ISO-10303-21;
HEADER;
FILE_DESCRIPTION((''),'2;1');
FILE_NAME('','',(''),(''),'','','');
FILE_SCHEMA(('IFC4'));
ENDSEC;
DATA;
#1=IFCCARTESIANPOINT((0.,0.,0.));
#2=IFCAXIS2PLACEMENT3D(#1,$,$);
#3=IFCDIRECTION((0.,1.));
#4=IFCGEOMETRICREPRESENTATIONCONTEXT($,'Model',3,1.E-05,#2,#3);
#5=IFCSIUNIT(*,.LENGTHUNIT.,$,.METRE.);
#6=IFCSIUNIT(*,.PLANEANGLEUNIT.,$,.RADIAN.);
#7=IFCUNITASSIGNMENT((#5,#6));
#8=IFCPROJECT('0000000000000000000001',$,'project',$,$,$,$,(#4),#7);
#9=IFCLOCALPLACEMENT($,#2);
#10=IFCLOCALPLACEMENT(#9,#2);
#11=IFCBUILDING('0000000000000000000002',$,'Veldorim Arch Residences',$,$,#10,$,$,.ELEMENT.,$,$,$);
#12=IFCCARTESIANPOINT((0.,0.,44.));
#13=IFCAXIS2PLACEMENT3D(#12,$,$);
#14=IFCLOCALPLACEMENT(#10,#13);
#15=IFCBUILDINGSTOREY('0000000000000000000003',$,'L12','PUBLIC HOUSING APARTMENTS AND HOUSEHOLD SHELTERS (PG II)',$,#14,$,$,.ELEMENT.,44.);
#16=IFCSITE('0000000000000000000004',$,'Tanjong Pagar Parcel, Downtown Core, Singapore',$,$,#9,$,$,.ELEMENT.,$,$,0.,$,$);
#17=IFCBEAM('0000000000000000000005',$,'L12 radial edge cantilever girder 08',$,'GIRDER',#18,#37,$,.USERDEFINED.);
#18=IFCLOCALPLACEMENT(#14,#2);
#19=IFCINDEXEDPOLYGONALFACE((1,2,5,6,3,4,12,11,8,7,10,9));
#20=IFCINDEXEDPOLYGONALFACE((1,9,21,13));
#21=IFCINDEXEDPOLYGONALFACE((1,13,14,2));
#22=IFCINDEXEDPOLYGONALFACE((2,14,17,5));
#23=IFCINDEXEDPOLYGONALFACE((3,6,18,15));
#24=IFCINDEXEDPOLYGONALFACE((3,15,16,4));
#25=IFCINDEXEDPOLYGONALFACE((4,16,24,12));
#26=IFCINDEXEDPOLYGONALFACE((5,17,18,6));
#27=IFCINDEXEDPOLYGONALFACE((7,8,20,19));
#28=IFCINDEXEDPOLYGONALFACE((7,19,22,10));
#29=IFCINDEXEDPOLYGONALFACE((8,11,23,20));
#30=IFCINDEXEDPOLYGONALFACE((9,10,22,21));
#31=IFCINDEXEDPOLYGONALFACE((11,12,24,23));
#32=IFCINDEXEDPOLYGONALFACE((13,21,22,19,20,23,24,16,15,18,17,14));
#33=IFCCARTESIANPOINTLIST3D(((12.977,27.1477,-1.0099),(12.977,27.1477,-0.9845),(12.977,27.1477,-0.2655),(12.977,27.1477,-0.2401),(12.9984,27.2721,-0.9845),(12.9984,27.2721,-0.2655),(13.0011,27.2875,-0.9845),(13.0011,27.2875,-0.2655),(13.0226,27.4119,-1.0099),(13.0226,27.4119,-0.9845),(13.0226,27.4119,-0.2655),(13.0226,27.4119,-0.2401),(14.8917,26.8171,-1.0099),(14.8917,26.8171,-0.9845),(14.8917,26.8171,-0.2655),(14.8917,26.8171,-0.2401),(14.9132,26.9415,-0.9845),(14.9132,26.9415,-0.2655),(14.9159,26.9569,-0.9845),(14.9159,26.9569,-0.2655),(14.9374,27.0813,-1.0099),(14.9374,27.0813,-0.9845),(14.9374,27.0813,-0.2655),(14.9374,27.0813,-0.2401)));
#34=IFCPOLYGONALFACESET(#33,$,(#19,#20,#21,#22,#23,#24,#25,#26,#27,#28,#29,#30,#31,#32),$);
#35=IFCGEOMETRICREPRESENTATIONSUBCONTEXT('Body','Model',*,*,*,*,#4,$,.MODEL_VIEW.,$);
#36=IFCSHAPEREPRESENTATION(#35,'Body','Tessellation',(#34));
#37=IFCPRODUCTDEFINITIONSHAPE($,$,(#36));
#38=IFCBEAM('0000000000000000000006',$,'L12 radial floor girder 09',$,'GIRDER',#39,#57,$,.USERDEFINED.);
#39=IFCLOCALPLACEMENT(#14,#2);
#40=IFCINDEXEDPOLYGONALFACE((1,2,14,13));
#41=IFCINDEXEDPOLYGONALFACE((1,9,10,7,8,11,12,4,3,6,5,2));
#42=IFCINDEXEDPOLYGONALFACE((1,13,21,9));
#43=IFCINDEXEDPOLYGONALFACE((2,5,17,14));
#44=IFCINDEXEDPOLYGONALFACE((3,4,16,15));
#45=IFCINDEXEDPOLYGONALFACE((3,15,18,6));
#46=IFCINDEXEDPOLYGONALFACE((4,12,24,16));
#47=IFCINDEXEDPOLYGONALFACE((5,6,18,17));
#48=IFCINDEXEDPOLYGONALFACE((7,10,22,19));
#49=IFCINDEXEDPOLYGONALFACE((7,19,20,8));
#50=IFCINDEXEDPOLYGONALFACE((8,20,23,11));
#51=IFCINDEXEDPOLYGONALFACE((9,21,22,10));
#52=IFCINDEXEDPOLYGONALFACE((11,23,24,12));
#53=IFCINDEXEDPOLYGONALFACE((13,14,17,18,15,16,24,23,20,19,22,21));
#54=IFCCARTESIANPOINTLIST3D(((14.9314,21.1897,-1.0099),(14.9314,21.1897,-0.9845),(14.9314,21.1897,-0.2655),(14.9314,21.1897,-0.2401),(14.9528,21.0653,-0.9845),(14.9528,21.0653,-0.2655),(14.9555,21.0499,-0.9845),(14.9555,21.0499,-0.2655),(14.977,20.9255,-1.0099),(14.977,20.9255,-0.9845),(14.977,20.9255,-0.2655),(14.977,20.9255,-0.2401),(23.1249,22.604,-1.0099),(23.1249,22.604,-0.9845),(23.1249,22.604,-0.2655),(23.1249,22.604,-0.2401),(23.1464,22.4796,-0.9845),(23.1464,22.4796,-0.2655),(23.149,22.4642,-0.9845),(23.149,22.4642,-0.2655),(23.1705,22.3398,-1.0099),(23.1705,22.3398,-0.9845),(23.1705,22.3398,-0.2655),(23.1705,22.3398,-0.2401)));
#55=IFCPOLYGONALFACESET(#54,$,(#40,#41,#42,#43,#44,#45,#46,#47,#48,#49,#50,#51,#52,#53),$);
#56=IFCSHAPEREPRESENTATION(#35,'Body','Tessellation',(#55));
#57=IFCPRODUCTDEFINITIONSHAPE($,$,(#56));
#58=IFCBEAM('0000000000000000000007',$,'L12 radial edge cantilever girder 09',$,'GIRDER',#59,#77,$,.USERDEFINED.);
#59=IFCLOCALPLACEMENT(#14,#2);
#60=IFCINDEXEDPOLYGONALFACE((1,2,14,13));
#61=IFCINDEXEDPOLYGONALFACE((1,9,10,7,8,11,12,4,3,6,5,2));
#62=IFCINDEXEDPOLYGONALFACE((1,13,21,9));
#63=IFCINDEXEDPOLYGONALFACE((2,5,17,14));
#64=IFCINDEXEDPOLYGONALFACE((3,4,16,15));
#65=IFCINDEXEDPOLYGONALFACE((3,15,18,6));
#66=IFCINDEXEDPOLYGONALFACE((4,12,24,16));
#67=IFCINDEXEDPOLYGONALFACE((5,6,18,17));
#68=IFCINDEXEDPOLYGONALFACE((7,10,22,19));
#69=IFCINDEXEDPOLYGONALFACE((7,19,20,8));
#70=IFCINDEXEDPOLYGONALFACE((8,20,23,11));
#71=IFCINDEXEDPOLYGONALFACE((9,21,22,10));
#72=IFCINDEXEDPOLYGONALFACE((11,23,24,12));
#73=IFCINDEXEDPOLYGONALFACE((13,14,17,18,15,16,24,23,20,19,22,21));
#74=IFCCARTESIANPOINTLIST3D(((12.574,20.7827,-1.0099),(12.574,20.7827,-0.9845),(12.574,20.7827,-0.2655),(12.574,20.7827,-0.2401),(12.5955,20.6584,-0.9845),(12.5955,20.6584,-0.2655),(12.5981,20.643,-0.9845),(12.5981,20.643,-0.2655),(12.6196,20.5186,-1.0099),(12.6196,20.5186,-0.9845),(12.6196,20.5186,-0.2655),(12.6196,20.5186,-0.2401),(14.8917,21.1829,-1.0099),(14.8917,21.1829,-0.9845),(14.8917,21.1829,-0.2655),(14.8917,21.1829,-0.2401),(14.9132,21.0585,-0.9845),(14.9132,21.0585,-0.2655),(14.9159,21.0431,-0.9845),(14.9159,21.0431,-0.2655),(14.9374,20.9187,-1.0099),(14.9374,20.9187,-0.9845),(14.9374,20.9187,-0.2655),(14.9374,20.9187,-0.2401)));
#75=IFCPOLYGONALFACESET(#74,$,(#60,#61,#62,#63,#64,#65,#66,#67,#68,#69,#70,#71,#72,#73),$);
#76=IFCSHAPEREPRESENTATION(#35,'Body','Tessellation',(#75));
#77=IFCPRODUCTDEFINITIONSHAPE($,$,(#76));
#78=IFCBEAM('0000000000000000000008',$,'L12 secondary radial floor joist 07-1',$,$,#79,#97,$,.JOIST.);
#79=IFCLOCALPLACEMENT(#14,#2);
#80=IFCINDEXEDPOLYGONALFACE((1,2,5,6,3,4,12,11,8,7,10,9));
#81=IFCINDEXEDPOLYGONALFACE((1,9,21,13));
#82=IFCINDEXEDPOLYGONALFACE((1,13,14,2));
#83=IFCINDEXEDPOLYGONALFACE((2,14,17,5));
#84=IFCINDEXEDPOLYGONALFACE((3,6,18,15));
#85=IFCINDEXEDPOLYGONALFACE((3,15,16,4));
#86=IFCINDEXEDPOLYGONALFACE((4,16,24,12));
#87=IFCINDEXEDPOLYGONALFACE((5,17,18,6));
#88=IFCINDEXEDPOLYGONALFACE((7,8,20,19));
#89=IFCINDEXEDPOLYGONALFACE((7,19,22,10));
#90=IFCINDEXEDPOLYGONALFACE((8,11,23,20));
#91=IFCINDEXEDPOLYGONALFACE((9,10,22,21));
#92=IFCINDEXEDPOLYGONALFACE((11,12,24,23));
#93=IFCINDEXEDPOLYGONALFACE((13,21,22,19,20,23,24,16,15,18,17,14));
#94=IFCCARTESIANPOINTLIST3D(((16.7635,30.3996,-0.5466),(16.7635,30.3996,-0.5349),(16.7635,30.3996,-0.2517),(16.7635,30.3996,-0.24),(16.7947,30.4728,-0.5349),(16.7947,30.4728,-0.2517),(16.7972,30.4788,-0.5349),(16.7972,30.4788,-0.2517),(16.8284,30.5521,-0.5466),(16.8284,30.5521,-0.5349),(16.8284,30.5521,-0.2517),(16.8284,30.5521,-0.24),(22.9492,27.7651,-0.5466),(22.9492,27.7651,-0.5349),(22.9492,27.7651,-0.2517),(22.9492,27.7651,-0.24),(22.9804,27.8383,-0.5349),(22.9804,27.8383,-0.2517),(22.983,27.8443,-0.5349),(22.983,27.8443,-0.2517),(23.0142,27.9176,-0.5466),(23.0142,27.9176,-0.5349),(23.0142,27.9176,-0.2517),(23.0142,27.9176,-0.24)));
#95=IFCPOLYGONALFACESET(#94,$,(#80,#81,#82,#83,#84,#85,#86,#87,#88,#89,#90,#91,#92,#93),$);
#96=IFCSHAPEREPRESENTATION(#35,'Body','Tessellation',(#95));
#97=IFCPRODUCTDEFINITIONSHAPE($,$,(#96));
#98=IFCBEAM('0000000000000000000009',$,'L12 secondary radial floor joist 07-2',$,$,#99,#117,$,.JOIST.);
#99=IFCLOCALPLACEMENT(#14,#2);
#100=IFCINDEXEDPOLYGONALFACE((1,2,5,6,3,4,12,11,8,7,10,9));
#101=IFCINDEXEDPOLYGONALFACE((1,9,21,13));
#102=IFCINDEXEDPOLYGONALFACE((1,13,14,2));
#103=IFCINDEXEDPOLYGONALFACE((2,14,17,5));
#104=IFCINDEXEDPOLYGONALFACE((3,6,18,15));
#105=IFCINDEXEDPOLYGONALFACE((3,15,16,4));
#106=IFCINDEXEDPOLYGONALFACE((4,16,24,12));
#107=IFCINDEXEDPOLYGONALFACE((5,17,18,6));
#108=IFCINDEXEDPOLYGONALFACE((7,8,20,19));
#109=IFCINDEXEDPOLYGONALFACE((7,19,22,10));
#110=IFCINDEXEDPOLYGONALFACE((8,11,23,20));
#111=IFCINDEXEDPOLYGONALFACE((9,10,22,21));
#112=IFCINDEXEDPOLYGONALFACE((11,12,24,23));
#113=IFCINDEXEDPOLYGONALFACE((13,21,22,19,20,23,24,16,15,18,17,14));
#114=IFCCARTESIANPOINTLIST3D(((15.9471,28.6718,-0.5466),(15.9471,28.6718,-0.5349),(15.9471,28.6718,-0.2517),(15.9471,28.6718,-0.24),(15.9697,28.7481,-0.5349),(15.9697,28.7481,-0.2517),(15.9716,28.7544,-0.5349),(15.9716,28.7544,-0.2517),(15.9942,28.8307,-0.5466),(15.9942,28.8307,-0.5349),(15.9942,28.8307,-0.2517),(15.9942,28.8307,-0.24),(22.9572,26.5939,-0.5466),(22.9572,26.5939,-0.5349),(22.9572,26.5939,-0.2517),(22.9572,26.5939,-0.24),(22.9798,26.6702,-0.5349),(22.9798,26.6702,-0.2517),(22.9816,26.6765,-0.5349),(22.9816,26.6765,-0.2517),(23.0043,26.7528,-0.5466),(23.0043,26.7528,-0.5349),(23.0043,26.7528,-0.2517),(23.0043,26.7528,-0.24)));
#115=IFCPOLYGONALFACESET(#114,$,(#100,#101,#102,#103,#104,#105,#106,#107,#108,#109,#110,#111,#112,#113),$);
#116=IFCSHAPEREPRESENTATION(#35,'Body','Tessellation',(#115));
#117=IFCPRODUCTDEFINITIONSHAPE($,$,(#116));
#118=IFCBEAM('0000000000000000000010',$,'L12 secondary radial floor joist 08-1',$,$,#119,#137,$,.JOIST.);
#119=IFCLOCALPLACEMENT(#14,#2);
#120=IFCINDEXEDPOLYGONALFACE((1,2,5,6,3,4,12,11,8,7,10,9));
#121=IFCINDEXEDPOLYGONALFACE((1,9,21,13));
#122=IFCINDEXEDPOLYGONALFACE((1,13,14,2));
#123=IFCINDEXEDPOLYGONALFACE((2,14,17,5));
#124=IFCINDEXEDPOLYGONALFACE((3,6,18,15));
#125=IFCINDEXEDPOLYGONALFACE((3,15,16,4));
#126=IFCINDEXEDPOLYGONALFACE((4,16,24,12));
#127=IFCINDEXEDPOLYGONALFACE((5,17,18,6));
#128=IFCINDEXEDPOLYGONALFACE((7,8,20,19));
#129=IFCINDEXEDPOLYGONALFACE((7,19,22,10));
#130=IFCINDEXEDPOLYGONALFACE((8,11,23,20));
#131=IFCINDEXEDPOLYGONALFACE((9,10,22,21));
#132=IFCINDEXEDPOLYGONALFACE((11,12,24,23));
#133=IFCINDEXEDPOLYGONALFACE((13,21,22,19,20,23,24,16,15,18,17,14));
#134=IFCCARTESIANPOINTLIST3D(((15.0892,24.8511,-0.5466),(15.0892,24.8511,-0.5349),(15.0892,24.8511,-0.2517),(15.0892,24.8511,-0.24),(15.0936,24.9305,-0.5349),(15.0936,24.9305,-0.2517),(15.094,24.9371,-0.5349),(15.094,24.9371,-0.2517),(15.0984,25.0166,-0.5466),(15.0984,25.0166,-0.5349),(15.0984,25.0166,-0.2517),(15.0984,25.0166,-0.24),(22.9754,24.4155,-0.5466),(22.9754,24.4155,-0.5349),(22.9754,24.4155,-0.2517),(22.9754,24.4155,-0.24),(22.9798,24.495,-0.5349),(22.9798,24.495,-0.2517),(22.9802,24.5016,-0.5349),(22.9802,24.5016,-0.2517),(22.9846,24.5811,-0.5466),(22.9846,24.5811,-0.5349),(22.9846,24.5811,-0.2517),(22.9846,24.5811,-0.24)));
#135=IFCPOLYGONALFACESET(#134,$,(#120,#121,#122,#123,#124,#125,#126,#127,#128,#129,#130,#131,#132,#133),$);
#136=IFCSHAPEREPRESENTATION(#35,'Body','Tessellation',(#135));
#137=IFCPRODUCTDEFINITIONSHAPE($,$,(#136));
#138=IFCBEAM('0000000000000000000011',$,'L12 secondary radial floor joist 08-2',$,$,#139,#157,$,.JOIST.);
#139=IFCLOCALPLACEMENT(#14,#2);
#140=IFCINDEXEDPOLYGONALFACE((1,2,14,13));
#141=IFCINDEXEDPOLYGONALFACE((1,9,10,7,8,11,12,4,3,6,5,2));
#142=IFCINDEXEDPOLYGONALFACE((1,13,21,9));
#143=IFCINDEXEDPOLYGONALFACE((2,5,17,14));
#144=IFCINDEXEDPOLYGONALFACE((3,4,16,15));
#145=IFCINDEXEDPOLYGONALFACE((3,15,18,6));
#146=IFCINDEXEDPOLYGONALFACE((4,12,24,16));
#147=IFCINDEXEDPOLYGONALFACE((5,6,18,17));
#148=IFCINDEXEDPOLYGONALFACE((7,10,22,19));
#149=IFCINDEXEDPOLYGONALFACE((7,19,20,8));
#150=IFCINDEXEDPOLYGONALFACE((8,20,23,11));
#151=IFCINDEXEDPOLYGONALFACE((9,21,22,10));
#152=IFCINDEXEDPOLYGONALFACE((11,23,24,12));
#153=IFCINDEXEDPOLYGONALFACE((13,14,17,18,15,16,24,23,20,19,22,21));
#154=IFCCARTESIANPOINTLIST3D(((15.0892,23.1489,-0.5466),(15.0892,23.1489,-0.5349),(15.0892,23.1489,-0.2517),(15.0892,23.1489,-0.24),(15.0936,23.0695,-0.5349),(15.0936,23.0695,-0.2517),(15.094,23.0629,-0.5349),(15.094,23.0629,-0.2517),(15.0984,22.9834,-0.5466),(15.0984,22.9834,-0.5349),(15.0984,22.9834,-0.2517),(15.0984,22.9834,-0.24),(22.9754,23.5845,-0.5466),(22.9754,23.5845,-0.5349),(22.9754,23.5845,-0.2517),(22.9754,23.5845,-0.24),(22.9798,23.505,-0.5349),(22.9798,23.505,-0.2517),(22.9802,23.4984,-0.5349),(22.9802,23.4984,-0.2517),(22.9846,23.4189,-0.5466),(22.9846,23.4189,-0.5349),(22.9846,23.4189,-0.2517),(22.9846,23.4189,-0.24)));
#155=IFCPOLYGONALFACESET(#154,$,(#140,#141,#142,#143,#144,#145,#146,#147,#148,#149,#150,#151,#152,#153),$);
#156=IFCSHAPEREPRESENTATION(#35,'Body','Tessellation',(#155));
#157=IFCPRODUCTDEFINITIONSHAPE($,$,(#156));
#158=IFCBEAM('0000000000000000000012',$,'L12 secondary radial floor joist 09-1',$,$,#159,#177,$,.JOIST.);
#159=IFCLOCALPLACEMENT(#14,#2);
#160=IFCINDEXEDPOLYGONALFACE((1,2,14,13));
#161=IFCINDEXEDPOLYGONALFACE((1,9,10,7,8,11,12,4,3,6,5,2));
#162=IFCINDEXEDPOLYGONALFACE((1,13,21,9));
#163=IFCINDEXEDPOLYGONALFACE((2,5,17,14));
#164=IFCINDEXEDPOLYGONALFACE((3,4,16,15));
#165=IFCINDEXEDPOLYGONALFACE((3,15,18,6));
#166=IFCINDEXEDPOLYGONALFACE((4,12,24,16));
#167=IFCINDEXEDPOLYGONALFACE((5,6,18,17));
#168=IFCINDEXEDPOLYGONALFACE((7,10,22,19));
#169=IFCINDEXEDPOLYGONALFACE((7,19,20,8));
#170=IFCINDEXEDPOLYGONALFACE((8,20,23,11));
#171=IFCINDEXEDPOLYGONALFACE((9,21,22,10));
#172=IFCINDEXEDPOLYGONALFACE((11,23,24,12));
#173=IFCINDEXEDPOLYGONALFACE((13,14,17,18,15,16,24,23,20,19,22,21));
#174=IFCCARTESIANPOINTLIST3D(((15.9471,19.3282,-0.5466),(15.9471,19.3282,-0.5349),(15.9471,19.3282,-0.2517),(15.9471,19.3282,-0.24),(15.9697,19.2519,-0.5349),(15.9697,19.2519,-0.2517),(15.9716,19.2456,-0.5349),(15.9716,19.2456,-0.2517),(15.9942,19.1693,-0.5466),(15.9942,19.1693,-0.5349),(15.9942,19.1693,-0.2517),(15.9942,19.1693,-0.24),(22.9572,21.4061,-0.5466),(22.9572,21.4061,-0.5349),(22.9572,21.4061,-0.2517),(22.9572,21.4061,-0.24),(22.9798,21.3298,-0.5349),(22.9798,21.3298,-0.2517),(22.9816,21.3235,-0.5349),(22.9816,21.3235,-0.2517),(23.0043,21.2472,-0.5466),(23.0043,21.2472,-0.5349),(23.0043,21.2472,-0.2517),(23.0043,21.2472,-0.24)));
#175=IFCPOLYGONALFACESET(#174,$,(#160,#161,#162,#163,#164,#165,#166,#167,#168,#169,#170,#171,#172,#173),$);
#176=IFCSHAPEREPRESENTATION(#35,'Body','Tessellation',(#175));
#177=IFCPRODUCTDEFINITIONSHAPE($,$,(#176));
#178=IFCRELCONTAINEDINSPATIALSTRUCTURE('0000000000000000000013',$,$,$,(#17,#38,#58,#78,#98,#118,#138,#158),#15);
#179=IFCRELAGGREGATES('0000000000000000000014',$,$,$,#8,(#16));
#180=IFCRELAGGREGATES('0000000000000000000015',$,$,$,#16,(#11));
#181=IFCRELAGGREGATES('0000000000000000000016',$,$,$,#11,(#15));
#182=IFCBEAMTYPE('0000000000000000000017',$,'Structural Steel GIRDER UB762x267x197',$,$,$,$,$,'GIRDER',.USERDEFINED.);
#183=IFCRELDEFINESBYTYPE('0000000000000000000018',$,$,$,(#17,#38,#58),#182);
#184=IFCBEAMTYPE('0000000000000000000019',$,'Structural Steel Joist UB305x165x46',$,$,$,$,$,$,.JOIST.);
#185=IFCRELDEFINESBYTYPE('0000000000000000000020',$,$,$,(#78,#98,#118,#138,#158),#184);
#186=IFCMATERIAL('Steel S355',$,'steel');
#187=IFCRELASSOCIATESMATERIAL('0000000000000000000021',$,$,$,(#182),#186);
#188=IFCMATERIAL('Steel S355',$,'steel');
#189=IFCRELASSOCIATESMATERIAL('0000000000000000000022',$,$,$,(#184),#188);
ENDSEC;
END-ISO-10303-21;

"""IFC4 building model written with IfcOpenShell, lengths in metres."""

from ifc_helpers import new_model, si_unit, direction, frame, origin, origin_2d, place, context, subcontext, project, spatial, i_section, extrude, material, material_profile, profile_set, type_object, element, save


model = new_model("IFC4")

# Units and contexts
model_context = context("Model", 3, precision=1e-05, world=origin(), true_north=direction((0.0, 1.0)))
body_context = subcontext(model_context, "Body", "Model", "MODEL_VIEW")
ifc_project = project(units=[si_unit("LENGTHUNIT", "METRE"), si_unit("PLANEANGLEUNIT", "RADIAN")], contexts=[model_context])

# Site, building, storey
site_placement = place(None, origin())
site = spatial("IfcSite", under=ifc_project, at=site_placement, Name="Tanjong Pagar Parcel, Downtown Core, Singapore", CompositionType="ELEMENT", RefElevation=0.0)
building_placement = place(site_placement, origin())
building = spatial("IfcBuilding", under=site, at=building_placement, Name="Veldorim Arch Residences", CompositionType="ELEMENT")
storey_placement = place(building_placement, frame((0.0, 0.0, 44.0)))
storey = spatial("IfcBuildingStorey", under=building, at=storey_placement, Name="L12", Description="PUBLIC HOUSING APARTMENTS AND HOUSEHOLD SHELTERS (PG II)", CompositionType="ELEMENT", Elevation=44.0)

# Beams
ifc_material_1 = material(Name="Steel S355", Category="steel")
ifc_material_profile_1 = material_profile(ifc_material_1, i_section(OverallWidth=0.2681, OverallDepth=0.7698, WebThickness=0.0156, FlangeThickness=0.0254, at=origin_2d()), Name="UB762x267x197")
ifc_profile_set_1 = profile_set([ifc_material_profile_1], Name="Steel S355")
beam_type_1 = type_object("IfcBeamType", Name="Structural Steel GIRDER UB762x267x197", ElementType="GIRDER", PredefinedType="USERDEFINED", material=ifc_profile_set_1)
beam_1_placement = place(storey_placement, frame((14.9146, 26.9492, -0.625), z_axis=(-0.985423, 0.170121, 0.0), x_axis=(-0.170121, -0.985423, 0.0)))
element("IfcBeam", 1, at=beam_1_placement, inside=storey, type_object=beam_type_1, Name="L12 radial edge cantilever girder 08", ObjectType="GIRDER", PredefinedType="USERDEFINED", context=body_context, shape_type="SweptSolid", body=[
    extrude(i_section(OverallWidth=0.2681, OverallDepth=0.7698, WebThickness=0.0156, FlangeThickness=0.0254, at=origin_2d()), origin(), (0.0, 0.0, 1.0), 1.9431),
])
beam_2_placement = place(storey_placement, frame((23.1477, 22.4719, -0.625), z_axis=(-0.985428, -0.170096, 0.0), x_axis=(0.170096, -0.985428, 0.0)))
element("IfcBeam", 2, at=beam_2_placement, inside=storey, type_object=beam_type_1, Name="L12 radial floor girder 09", ObjectType="GIRDER", PredefinedType="USERDEFINED", context=body_context, shape_type="SweptSolid", body=[
    extrude(i_section(OverallWidth=0.2681, OverallDepth=0.7698, WebThickness=0.0156, FlangeThickness=0.0254, at=origin_2d()), origin(), (0.0, 0.0, 1.0), 8.3147),
])
beam_3_placement = place(storey_placement, frame((14.9146, 21.0508, -0.625), z_axis=(-0.985424, -0.170119, 0.0), x_axis=(0.170119, -0.985424, 0.0)))
element("IfcBeam", 3, at=beam_3_placement, inside=storey, type_object=beam_type_1, Name="L12 radial edge cantilever girder 09", ObjectType="GIRDER", PredefinedType="USERDEFINED", context=body_context, shape_type="SweptSolid", body=[
    extrude(i_section(OverallWidth=0.2681, OverallDepth=0.7698, WebThickness=0.0156, FlangeThickness=0.0254, at=origin_2d()), origin(), (0.0, 0.0, 1.0), 2.3521),
])
ifc_material_2 = material(Name="Steel S355", Category="steel")
ifc_material_profile_2 = material_profile(ifc_material_2, i_section(OverallWidth=0.1658, OverallDepth=0.3066, WebThickness=0.0066, FlangeThickness=0.0117, at=origin_2d()), Name="UB305x165x46")
ifc_profile_set_2 = profile_set([ifc_material_profile_2], Name="Steel S355")
beam_type_2 = type_object("IfcBeamType", Name="Structural Steel Joist UB305x165x46", PredefinedType="JOIST", material=ifc_profile_set_2)
beam_4_placement = place(storey_placement, frame((22.9817, 27.8413, -0.3933), z_axis=(-0.920033, 0.391841, 0.0), x_axis=(-0.391841, -0.920033, 0.0)))
element("IfcBeam", 4, at=beam_4_placement, inside=storey, type_object=beam_type_2, Name="L12 secondary radial floor joist 07-1", PredefinedType="JOIST", context=body_context, shape_type="SweptSolid", body=[
    extrude(i_section(OverallWidth=0.1658, OverallDepth=0.3066, WebThickness=0.0066, FlangeThickness=0.0117, at=origin_2d()), origin(), (0.0, 0.0, 1.0), 6.7234),
])
beam_5_placement = place(storey_placement, frame((22.9807, 26.6733, -0.3933), z_axis=(-0.958767, 0.284194, 0.0), x_axis=(-0.284194, -0.958767, 0.0)))
element("IfcBeam", 5, at=beam_5_placement, inside=storey, type_object=beam_type_2, Name="L12 secondary radial floor joist 07-2", PredefinedType="JOIST", context=body_context, shape_type="SweptSolid", body=[
    extrude(i_section(OverallWidth=0.1658, OverallDepth=0.3066, WebThickness=0.0066, FlangeThickness=0.0117, at=origin_2d()), origin(), (0.0, 0.0, 1.0), 7.3115),
])
for number, where, z_axis, x_axis, name in (
    (6, (22.98, 24.4983, -0.3933), (-0.998478, 0.055145, 0.0), (-0.055145, -0.998478, 0.0), "L12 secondary radial floor joist 08-1"),
    (7, (22.98, 23.5017, -0.3933), (-0.998478, -0.055145, 0.0), (0.055145, -0.998478, 0.0), "L12 secondary radial floor joist 08-2"),
):
    element("IfcBeam", number, at=place(storey_placement, frame(where, z_axis=z_axis, x_axis=x_axis)), inside=storey, type_object=beam_type_2, Name=name, PredefinedType="JOIST", context=body_context, shape_type="SweptSolid", body=[
        extrude(i_section(OverallWidth=0.1658, OverallDepth=0.3066, WebThickness=0.0066, FlangeThickness=0.0117, at=origin_2d()), origin(), (0.0, 0.0, 1.0), 7.8982),
    ])
beam_6_placement = place(storey_placement, frame((22.9807, 21.3267, -0.3933), z_axis=(-0.958767, -0.284194, 0.0), x_axis=(0.284194, -0.958767, 0.0)))
element("IfcBeam", 8, at=beam_6_placement, inside=storey, type_object=beam_type_2, Name="L12 secondary radial floor joist 09-1", PredefinedType="JOIST", context=body_context, shape_type="SweptSolid", body=[
    extrude(i_section(OverallWidth=0.1658, OverallDepth=0.3066, WebThickness=0.0066, FlangeThickness=0.0117, at=origin_2d()), origin(), (0.0, 0.0, 1.0), 7.3115),
])

save(model, "model.ifc")
